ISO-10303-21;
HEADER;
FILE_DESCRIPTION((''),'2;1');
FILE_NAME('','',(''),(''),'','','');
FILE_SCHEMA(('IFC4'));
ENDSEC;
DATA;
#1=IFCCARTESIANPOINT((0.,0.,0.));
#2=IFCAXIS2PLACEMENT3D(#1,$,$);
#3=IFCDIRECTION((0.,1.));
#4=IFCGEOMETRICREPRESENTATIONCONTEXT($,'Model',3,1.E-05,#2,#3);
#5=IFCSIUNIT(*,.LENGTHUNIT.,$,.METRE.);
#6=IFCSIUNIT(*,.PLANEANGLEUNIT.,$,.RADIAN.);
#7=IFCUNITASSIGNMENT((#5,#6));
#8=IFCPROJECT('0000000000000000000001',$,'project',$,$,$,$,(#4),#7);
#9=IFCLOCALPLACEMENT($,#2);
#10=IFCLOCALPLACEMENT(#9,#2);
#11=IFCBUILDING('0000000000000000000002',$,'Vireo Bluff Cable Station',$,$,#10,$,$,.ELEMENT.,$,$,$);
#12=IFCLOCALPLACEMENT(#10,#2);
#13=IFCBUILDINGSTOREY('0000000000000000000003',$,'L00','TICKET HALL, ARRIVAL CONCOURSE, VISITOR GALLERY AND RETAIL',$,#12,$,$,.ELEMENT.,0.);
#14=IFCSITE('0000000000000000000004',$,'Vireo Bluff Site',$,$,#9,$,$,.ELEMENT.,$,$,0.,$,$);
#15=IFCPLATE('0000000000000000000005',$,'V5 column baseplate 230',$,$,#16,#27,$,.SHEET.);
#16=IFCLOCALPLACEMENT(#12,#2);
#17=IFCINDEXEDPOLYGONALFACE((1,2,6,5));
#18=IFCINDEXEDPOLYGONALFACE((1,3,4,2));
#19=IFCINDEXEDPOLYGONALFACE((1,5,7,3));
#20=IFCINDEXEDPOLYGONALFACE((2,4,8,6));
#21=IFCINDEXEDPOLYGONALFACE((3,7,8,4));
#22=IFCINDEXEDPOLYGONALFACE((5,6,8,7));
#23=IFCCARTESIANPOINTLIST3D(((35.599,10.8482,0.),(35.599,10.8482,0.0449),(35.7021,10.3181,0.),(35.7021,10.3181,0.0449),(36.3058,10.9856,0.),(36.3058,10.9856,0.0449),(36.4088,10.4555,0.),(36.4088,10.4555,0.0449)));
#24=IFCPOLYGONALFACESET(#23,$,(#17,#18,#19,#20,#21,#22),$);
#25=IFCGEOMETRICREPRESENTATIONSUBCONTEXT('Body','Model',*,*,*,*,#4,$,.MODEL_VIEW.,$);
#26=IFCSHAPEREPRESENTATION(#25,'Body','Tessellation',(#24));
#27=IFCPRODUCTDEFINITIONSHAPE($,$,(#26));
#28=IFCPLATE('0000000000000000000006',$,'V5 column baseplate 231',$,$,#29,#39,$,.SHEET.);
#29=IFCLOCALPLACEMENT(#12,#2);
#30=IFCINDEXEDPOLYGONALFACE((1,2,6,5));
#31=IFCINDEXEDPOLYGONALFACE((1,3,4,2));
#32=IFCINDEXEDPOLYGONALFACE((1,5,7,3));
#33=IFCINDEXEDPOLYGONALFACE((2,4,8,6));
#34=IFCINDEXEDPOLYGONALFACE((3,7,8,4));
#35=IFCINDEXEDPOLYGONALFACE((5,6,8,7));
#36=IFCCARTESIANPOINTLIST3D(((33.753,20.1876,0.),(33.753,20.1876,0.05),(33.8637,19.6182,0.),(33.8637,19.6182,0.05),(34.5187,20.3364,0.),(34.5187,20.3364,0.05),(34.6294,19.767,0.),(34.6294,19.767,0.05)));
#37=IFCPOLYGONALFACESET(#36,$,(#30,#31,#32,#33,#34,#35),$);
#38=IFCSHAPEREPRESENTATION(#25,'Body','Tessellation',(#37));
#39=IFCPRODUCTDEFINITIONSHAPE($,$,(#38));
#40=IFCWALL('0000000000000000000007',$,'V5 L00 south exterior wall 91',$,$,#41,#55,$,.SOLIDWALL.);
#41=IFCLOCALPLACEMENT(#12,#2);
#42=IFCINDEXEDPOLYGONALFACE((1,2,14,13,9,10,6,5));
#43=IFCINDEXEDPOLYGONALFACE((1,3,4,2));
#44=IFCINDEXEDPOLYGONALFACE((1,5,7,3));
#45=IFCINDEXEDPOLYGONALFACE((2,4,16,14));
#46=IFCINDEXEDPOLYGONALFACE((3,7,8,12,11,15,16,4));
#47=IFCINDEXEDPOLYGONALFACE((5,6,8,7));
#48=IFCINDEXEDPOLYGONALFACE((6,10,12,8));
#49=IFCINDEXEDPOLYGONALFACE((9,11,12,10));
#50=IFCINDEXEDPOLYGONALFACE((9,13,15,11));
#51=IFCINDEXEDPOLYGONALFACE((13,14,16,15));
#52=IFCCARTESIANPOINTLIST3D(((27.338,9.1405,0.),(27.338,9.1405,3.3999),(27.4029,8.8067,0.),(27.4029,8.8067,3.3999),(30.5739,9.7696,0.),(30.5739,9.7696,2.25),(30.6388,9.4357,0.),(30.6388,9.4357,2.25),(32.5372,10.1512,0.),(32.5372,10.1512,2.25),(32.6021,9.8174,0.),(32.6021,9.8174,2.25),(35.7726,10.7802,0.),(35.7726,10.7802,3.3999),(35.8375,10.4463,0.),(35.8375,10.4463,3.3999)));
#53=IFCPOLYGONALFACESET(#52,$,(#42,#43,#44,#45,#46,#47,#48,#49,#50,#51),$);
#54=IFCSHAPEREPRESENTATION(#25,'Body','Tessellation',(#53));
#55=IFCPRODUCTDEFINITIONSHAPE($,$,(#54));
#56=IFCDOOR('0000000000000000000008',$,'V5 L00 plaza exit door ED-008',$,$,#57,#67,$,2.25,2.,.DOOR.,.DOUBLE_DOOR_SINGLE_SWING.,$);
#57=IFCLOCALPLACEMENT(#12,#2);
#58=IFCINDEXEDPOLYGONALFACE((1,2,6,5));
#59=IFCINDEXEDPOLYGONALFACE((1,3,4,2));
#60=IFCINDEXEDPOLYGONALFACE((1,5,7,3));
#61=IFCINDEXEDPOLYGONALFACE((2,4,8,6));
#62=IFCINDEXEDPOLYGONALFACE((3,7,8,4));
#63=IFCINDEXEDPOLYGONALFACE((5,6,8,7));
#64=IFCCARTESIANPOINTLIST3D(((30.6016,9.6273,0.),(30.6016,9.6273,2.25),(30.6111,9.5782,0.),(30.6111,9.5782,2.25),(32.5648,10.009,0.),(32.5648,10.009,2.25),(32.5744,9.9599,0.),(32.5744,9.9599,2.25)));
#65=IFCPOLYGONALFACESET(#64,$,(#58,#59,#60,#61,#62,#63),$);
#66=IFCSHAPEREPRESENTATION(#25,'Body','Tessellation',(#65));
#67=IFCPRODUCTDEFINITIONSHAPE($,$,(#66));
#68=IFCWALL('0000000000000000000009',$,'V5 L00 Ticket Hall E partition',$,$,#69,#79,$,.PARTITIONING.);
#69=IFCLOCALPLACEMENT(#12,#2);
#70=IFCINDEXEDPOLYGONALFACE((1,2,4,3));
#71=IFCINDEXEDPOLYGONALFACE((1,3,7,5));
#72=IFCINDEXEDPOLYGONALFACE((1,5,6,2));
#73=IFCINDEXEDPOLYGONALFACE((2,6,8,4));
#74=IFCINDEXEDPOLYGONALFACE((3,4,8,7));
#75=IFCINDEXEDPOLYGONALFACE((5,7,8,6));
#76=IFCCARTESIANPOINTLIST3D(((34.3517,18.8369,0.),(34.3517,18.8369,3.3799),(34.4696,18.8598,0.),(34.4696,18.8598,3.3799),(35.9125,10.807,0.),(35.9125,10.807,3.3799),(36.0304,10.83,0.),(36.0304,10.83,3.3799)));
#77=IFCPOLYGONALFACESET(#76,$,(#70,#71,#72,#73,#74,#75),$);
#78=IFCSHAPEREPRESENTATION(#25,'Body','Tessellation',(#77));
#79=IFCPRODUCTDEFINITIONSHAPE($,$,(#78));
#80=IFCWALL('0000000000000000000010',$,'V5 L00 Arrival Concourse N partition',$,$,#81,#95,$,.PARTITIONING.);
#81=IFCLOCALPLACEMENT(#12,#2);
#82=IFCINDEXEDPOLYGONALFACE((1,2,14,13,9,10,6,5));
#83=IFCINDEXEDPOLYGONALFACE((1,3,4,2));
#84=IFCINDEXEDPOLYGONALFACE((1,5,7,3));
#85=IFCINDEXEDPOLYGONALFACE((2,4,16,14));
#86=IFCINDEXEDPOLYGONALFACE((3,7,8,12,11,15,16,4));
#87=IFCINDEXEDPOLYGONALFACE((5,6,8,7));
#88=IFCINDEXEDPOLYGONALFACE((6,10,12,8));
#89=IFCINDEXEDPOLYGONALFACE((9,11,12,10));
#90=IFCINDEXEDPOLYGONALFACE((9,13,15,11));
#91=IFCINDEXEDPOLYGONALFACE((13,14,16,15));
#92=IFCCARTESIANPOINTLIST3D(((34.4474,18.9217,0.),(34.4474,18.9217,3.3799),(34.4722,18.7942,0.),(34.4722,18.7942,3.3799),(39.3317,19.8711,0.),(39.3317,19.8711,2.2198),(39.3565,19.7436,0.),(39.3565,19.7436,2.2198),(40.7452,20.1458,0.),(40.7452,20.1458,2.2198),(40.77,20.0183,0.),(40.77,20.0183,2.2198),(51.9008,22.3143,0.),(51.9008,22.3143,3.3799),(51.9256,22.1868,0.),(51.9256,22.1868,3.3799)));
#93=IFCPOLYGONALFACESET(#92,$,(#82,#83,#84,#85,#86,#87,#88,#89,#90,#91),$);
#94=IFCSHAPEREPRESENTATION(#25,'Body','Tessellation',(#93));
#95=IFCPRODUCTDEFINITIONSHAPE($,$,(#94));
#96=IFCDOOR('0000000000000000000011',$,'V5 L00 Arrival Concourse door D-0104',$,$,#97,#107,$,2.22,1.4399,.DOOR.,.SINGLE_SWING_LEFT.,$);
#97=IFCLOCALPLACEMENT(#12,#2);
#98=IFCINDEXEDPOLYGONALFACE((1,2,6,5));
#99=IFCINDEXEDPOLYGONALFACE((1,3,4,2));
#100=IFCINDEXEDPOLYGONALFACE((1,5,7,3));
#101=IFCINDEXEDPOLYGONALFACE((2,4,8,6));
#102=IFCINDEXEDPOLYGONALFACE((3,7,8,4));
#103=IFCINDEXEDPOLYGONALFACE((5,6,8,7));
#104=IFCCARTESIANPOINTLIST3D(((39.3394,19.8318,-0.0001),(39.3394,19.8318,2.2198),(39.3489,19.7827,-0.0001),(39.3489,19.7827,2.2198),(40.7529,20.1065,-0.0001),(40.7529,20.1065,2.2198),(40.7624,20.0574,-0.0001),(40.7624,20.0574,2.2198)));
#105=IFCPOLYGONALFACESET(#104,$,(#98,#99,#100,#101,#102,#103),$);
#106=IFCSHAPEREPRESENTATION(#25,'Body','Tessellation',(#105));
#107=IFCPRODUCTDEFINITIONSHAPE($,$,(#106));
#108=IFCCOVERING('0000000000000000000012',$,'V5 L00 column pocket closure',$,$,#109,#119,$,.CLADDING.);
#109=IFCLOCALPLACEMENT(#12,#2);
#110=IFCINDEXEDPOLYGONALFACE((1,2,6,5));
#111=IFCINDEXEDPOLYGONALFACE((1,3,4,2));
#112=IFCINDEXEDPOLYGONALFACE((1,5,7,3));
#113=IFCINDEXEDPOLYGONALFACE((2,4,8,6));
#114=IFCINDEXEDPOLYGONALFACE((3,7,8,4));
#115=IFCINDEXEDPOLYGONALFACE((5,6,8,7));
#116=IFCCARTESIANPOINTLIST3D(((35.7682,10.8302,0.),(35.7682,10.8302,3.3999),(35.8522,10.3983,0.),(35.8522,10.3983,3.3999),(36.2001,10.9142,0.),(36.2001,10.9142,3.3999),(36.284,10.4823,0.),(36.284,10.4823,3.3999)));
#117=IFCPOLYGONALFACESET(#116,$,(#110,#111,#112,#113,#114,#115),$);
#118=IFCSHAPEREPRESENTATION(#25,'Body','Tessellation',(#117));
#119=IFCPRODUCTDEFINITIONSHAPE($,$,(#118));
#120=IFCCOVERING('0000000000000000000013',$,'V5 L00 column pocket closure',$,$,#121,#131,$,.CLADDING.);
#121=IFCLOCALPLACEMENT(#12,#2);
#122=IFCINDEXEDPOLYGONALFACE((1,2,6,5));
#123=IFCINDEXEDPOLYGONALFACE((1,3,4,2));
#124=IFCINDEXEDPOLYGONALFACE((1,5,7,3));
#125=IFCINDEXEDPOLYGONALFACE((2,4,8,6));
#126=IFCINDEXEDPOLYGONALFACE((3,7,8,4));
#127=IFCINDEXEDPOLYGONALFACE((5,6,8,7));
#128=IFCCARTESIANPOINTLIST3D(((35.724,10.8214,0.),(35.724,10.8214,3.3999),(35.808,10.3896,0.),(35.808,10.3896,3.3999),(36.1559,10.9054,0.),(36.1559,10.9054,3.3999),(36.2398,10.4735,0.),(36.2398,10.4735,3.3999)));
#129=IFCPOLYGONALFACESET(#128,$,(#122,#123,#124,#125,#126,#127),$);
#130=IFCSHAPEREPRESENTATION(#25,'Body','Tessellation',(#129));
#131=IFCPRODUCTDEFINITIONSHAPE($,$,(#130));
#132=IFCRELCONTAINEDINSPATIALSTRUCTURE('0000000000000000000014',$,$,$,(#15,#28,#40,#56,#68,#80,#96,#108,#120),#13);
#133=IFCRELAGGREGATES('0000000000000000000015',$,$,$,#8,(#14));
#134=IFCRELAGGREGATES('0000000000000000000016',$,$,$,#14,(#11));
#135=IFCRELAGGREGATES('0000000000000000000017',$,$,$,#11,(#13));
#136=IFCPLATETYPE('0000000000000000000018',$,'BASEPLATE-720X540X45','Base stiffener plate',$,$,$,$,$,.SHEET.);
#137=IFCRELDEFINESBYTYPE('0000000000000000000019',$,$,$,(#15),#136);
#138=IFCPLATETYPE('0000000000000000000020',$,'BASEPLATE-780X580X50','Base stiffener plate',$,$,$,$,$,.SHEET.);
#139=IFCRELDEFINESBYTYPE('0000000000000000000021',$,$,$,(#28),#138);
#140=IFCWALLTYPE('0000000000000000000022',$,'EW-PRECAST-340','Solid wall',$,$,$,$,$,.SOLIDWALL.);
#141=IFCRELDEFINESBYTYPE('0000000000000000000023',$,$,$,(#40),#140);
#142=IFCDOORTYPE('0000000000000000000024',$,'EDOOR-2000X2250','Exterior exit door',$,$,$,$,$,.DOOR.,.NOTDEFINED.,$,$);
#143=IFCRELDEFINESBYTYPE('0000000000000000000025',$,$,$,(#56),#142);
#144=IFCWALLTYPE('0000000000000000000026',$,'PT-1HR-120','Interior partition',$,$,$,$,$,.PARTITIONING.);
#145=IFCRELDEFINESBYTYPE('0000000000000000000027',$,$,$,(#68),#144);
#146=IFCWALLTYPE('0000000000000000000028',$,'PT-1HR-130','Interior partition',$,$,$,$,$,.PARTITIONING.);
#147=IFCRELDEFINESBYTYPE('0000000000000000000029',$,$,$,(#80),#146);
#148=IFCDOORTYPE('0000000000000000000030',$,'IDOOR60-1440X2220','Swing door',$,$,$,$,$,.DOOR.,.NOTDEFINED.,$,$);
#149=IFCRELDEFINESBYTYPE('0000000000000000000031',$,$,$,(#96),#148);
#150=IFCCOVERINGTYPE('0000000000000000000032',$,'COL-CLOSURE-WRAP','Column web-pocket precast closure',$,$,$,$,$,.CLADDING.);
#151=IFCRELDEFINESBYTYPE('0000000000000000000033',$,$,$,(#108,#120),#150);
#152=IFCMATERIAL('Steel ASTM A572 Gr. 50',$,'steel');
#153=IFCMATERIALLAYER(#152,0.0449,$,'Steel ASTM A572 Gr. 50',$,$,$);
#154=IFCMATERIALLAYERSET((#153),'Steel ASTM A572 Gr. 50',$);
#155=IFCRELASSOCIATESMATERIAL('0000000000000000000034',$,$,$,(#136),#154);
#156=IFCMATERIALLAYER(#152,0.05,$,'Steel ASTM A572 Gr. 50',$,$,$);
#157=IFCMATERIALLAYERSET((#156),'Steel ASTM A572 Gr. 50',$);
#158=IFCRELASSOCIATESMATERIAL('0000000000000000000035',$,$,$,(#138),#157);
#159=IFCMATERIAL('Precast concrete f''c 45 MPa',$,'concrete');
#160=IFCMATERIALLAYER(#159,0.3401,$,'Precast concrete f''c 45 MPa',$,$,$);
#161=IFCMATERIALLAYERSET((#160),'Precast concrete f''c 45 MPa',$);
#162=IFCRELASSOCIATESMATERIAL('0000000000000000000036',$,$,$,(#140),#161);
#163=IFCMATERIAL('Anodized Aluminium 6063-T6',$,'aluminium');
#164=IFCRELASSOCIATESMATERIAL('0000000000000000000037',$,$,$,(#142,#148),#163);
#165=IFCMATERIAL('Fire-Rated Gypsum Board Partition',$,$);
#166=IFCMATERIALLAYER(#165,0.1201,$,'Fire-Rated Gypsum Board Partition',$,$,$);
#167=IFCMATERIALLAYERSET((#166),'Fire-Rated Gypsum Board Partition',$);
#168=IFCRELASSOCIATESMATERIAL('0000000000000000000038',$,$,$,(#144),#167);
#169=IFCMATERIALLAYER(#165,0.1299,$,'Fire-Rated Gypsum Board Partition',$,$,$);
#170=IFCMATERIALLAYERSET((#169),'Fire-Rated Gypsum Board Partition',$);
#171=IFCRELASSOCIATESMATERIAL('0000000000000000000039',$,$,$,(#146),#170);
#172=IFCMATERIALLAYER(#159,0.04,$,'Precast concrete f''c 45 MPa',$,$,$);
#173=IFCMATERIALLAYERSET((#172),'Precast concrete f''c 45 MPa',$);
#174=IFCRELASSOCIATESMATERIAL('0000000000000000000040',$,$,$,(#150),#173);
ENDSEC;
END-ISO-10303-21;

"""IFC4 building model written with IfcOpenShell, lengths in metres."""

from ifc_helpers import new_model, si_unit, direction, frame, frame_2d, origin, origin_with_axes, origin_2d, place, context, subcontext, project, spatial, rectangle, extrude, material, layer, layer_set, type_object, element, fill, save


model = new_model("IFC4")

# Units and contexts
model_context = context("Model", 3, precision=1e-05, world=origin(), true_north=direction((0.0, 1.0)))
body_context = subcontext(model_context, "Body", "Model", "MODEL_VIEW")
ifc_project = project(units=[si_unit("LENGTHUNIT", "METRE"), si_unit("PLANEANGLEUNIT", "RADIAN")], contexts=[model_context])

# Site, building, storey
site_placement = place(None, origin())
site = spatial("IfcSite", under=ifc_project, at=site_placement, Name="Vireo Bluff Site", CompositionType="ELEMENT", RefElevation=0.0)
building_placement = place(site_placement, origin())
building = spatial("IfcBuilding", under=site, at=building_placement, Name="Vireo Bluff Cable Station", CompositionType="ELEMENT")
storey_placement = place(building_placement, origin())
storey = spatial("IfcBuildingStorey", under=building, at=storey_placement, Name="L00", Description="TICKET HALL, ARRIVAL CONCOURSE, VISITOR GALLERY AND RETAIL", CompositionType="ELEMENT", Elevation=0.0)

# Plates
ifc_material_1 = material(Name="Steel ASTM A572 Gr. 50", Category="steel")
ifc_layer_1 = layer(ifc_material_1, 0.0449, Name="Steel ASTM A572 Gr. 50")
ifc_layer_set_1 = layer_set([ifc_layer_1], Name="Steel ASTM A572 Gr. 50")
plate_type_1 = type_object("IfcPlateType", Name="BASEPLATE-720X540X45", Description="Base stiffener plate", PredefinedType="SHEET", material=ifc_layer_set_1)
plate_1_placement = place(storey_placement, frame((36.0039, 10.6519, 0.0), z_axis=(0.0, 0.0, 1.0), x_axis=(0.981627, 0.190809, 0.0)))
element("IfcPlate", 1, at=plate_1_placement, inside=storey, type_object=plate_type_1, Name="V5 column baseplate 230", PredefinedType="SHEET", context=body_context, shape_type="SweptSolid", body=[
    extrude(rectangle(XDim=0.72, YDim=0.54, at=origin_2d()), origin(), (0.0, 0.0, 1.0), 0.0449),
])
ifc_layer_2 = layer(ifc_material_1, 0.05, Name="Steel ASTM A572 Gr. 50")
ifc_layer_set_2 = layer_set([ifc_layer_2], Name="Steel ASTM A572 Gr. 50")
plate_type_2 = type_object("IfcPlateType", Name="BASEPLATE-780X580X50", Description="Base stiffener plate", PredefinedType="SHEET", material=ifc_layer_set_2)
plate_2_placement = place(storey_placement, frame((34.1912, 19.9773, 0.0), z_axis=(0.0, 0.0, 1.0), x_axis=(0.981627, 0.190809, 0.0)))
element("IfcPlate", 2, at=plate_2_placement, inside=storey, type_object=plate_type_2, Name="V5 column baseplate 231", PredefinedType="SHEET", context=body_context, shape_type="SweptSolid", body=[
    extrude(rectangle(XDim=0.78, YDim=0.5801, at=origin_2d()), origin(), (0.0, 0.0, 1.0), 0.05),
])

# Wall, opening, door
ifc_material_2 = material(Name="Precast concrete f'c 45 MPa", Category="concrete")
ifc_layer_3 = layer(ifc_material_2, 0.3401, Name="Precast concrete f'c 45 MPa")
ifc_layer_set_3 = layer_set([ifc_layer_3], Name="Precast concrete f'c 45 MPa")
wall_type_1 = type_object("IfcWallType", Name="EW-PRECAST-340", Description="Solid wall", PredefinedType="SOLIDWALL", material=ifc_layer_set_3)
wall_1_placement = place(storey_placement, frame((35.8052, 10.6133, 0.0), z_axis=(0.0, 0.0, 1.0), x_axis=(-0.981624, -0.190824, 0.0)))
wall_1 = element("IfcWall", 3, at=wall_1_placement, inside=storey, type_object=wall_type_1, Name="V5 L00 south exterior wall 91", PredefinedType="SOLIDWALL", context=body_context, shape_type="SweptSolid", body=[
    extrude(rectangle(XDim=8.5925, YDim=0.3401, at=frame_2d((4.2964, 0.0))), origin(), (0.0, 0.0, 1.0), 3.3999),
])
opening_1_placement = place(wall_1_placement, frame((3.2961, 0.0, 0.0)))
opening_1 = element("IfcOpeningElement", 4, at=opening_1_placement, cuts=wall_1, PredefinedType="OPENING", context=body_context, shape_type="SweptSolid", body=[
    extrude(rectangle(XDim=2.0, YDim=2.25, at=frame_2d((1.0, 1.125))), frame((0.0, 0.1802, 0.0), z_axis=(0.0, -1.0, 0.0), x_axis=(1.0, 0.0, 0.0)), (0.0, 0.0, 1.0), 0.3601),
])
ifc_material_3 = material(Name="Anodized Aluminium 6063-T6", Category="aluminium")
door_type_1 = type_object("IfcDoorType", Name="EDOOR-2000X2250", Description="Exterior exit door", OperationType="NOTDEFINED", PredefinedType="DOOR", material=ifc_material_3)
door_1_placement = place(opening_1_placement, origin_with_axes())
door_1 = element("IfcDoor", 5, at=door_1_placement, inside=storey, type_object=door_type_1, Name="V5 L00 plaza exit door ED-008", OperationType="DOUBLE_DOOR_SINGLE_SWING", OverallHeight=2.25, OverallWidth=2.0, PredefinedType="DOOR", context=body_context, shape_type="SweptSolid", body=[
    extrude(rectangle(XDim=2.0, YDim=2.25, at=frame_2d((1.0, 1.125))), frame((0.0, 0.0249, 0.0), z_axis=(0.0, -1.0, 0.0), x_axis=(1.0, 0.0, 0.0)), (0.0, 0.0, 1.0), 0.05),
])
fill(opening_1, door_1)

# Wall
ifc_material_4 = material(Name="Fire-Rated Gypsum Board Partition")
ifc_layer_4 = layer(ifc_material_4, 0.1201, Name="Fire-Rated Gypsum Board Partition")
ifc_layer_set_4 = layer_set([ifc_layer_4], Name="Fire-Rated Gypsum Board Partition")
wall_type_2 = type_object("IfcWallType", Name="PT-1HR-120", Description="Interior partition", PredefinedType="PARTITIONING", material=ifc_layer_set_4)
wall_2_placement = place(storey_placement, frame((34.4106, 18.8484, 0.0), z_axis=(0.0, 0.0, 1.0), x_axis=(0.190804, -0.981628, 0.0)))
element("IfcWall", 6, at=wall_2_placement, inside=storey, type_object=wall_type_2, Name="V5 L00 Ticket Hall E partition", PredefinedType="PARTITIONING", context=body_context, shape_type="SweptSolid", body=[
    extrude(rectangle(XDim=8.1802, YDim=0.1201, at=frame_2d((4.0901, 0.0))), origin(), (0.0, 0.0, 1.0), 3.3799),
])

# Wall, opening, door
ifc_layer_5 = layer(ifc_material_4, 0.1299, Name="Fire-Rated Gypsum Board Partition")
ifc_layer_set_5 = layer_set([ifc_layer_5], Name="Fire-Rated Gypsum Board Partition")
wall_type_3 = type_object("IfcWallType", Name="PT-1HR-130", Description="Interior partition", PredefinedType="PARTITIONING", material=ifc_layer_set_5)
wall_3_placement = place(storey_placement, frame((34.4597, 18.8579, 0.0), z_axis=(0.0, 0.0, 1.0), x_axis=(0.981627, 0.190808, 0.0)))
wall_3 = element("IfcWall", 7, at=wall_3_placement, inside=storey, type_object=wall_type_3, Name="V5 L00 Arrival Concourse N partition", PredefinedType="PARTITIONING", context=body_context, shape_type="SweptSolid", body=[
    extrude(rectangle(XDim=17.78, YDim=0.1299, at=frame_2d((8.8901, 0.0))), origin(), (0.0, 0.0, 1.0), 3.3799),
])
opening_2_placement = place(wall_3_placement, frame((4.9758, 0.0, 0.0)))
opening_2 = element("IfcOpeningElement", 8, at=opening_2_placement, cuts=wall_3, PredefinedType="OPENING", context=body_context, shape_type="SweptSolid", body=[
    extrude(rectangle(XDim=1.4399, YDim=2.22, at=frame_2d((0.72, 1.1099))), frame((0.0, 0.075, 0.0), z_axis=(0.0, -1.0, 0.0), x_axis=(1.0, 0.0, 0.0)), (0.0, 0.0, 1.0), 0.1499),
])
door_type_2 = type_object("IfcDoorType", Name="IDOOR60-1440X2220", Description="Swing door", OperationType="NOTDEFINED", PredefinedType="DOOR", material=ifc_material_3)
door_2_placement = place(opening_2_placement, origin_with_axes())
door_2 = element("IfcDoor", 9, at=door_2_placement, inside=storey, type_object=door_type_2, Name="V5 L00 Arrival Concourse door D-0104", OperationType="SINGLE_SWING_LEFT", OverallHeight=2.22, OverallWidth=1.4399, PredefinedType="DOOR", context=body_context, shape_type="SweptSolid", body=[
    extrude(rectangle(XDim=1.4399, YDim=2.22, at=frame_2d((0.72, 1.1099))), frame((0.0, 0.0249, 0.0), z_axis=(0.0, -1.0, 0.0), x_axis=(1.0, 0.0, 0.0)), (0.0, 0.0, 1.0), 0.05),
])
fill(opening_2, door_2)

# Coverings
ifc_layer_6 = layer(ifc_material_2, 0.04, Name="Precast concrete f'c 45 MPa")
ifc_layer_set_6 = layer_set([ifc_layer_6], Name="Precast concrete f'c 45 MPa")
covering_type = type_object("IfcCoveringType", Name="COL-CLOSURE-WRAP", Description="Column web-pocket precast closure", PredefinedType="CLADDING", material=ifc_layer_set_6)
for number, where, z_axis, x_axis, name in (
    (10, (36.0261, 10.6562, 0.0), (0.0, 0.0, 1.0), (0.981627, 0.190809, 0.0), "V5 L00 column pocket closure"),
    (11, (35.9819, 10.6475, 0.0), (0.0, 0.0, 1.0), (0.981627, 0.190809, 0.0), "V5 L00 column pocket closure"),
):
    element("IfcCovering", number, at=place(storey_placement, frame(where, z_axis=z_axis, x_axis=x_axis)), inside=storey, type_object=covering_type, Name=name, PredefinedType="CLADDING", context=body_context, shape_type="SweptSolid", body=[
        extrude(rectangle(XDim=0.4399, YDim=0.4399, at=origin_2d()), origin(), (0.0, 0.0, 1.0), 3.3999),
    ])

save(model, "model.ifc")
